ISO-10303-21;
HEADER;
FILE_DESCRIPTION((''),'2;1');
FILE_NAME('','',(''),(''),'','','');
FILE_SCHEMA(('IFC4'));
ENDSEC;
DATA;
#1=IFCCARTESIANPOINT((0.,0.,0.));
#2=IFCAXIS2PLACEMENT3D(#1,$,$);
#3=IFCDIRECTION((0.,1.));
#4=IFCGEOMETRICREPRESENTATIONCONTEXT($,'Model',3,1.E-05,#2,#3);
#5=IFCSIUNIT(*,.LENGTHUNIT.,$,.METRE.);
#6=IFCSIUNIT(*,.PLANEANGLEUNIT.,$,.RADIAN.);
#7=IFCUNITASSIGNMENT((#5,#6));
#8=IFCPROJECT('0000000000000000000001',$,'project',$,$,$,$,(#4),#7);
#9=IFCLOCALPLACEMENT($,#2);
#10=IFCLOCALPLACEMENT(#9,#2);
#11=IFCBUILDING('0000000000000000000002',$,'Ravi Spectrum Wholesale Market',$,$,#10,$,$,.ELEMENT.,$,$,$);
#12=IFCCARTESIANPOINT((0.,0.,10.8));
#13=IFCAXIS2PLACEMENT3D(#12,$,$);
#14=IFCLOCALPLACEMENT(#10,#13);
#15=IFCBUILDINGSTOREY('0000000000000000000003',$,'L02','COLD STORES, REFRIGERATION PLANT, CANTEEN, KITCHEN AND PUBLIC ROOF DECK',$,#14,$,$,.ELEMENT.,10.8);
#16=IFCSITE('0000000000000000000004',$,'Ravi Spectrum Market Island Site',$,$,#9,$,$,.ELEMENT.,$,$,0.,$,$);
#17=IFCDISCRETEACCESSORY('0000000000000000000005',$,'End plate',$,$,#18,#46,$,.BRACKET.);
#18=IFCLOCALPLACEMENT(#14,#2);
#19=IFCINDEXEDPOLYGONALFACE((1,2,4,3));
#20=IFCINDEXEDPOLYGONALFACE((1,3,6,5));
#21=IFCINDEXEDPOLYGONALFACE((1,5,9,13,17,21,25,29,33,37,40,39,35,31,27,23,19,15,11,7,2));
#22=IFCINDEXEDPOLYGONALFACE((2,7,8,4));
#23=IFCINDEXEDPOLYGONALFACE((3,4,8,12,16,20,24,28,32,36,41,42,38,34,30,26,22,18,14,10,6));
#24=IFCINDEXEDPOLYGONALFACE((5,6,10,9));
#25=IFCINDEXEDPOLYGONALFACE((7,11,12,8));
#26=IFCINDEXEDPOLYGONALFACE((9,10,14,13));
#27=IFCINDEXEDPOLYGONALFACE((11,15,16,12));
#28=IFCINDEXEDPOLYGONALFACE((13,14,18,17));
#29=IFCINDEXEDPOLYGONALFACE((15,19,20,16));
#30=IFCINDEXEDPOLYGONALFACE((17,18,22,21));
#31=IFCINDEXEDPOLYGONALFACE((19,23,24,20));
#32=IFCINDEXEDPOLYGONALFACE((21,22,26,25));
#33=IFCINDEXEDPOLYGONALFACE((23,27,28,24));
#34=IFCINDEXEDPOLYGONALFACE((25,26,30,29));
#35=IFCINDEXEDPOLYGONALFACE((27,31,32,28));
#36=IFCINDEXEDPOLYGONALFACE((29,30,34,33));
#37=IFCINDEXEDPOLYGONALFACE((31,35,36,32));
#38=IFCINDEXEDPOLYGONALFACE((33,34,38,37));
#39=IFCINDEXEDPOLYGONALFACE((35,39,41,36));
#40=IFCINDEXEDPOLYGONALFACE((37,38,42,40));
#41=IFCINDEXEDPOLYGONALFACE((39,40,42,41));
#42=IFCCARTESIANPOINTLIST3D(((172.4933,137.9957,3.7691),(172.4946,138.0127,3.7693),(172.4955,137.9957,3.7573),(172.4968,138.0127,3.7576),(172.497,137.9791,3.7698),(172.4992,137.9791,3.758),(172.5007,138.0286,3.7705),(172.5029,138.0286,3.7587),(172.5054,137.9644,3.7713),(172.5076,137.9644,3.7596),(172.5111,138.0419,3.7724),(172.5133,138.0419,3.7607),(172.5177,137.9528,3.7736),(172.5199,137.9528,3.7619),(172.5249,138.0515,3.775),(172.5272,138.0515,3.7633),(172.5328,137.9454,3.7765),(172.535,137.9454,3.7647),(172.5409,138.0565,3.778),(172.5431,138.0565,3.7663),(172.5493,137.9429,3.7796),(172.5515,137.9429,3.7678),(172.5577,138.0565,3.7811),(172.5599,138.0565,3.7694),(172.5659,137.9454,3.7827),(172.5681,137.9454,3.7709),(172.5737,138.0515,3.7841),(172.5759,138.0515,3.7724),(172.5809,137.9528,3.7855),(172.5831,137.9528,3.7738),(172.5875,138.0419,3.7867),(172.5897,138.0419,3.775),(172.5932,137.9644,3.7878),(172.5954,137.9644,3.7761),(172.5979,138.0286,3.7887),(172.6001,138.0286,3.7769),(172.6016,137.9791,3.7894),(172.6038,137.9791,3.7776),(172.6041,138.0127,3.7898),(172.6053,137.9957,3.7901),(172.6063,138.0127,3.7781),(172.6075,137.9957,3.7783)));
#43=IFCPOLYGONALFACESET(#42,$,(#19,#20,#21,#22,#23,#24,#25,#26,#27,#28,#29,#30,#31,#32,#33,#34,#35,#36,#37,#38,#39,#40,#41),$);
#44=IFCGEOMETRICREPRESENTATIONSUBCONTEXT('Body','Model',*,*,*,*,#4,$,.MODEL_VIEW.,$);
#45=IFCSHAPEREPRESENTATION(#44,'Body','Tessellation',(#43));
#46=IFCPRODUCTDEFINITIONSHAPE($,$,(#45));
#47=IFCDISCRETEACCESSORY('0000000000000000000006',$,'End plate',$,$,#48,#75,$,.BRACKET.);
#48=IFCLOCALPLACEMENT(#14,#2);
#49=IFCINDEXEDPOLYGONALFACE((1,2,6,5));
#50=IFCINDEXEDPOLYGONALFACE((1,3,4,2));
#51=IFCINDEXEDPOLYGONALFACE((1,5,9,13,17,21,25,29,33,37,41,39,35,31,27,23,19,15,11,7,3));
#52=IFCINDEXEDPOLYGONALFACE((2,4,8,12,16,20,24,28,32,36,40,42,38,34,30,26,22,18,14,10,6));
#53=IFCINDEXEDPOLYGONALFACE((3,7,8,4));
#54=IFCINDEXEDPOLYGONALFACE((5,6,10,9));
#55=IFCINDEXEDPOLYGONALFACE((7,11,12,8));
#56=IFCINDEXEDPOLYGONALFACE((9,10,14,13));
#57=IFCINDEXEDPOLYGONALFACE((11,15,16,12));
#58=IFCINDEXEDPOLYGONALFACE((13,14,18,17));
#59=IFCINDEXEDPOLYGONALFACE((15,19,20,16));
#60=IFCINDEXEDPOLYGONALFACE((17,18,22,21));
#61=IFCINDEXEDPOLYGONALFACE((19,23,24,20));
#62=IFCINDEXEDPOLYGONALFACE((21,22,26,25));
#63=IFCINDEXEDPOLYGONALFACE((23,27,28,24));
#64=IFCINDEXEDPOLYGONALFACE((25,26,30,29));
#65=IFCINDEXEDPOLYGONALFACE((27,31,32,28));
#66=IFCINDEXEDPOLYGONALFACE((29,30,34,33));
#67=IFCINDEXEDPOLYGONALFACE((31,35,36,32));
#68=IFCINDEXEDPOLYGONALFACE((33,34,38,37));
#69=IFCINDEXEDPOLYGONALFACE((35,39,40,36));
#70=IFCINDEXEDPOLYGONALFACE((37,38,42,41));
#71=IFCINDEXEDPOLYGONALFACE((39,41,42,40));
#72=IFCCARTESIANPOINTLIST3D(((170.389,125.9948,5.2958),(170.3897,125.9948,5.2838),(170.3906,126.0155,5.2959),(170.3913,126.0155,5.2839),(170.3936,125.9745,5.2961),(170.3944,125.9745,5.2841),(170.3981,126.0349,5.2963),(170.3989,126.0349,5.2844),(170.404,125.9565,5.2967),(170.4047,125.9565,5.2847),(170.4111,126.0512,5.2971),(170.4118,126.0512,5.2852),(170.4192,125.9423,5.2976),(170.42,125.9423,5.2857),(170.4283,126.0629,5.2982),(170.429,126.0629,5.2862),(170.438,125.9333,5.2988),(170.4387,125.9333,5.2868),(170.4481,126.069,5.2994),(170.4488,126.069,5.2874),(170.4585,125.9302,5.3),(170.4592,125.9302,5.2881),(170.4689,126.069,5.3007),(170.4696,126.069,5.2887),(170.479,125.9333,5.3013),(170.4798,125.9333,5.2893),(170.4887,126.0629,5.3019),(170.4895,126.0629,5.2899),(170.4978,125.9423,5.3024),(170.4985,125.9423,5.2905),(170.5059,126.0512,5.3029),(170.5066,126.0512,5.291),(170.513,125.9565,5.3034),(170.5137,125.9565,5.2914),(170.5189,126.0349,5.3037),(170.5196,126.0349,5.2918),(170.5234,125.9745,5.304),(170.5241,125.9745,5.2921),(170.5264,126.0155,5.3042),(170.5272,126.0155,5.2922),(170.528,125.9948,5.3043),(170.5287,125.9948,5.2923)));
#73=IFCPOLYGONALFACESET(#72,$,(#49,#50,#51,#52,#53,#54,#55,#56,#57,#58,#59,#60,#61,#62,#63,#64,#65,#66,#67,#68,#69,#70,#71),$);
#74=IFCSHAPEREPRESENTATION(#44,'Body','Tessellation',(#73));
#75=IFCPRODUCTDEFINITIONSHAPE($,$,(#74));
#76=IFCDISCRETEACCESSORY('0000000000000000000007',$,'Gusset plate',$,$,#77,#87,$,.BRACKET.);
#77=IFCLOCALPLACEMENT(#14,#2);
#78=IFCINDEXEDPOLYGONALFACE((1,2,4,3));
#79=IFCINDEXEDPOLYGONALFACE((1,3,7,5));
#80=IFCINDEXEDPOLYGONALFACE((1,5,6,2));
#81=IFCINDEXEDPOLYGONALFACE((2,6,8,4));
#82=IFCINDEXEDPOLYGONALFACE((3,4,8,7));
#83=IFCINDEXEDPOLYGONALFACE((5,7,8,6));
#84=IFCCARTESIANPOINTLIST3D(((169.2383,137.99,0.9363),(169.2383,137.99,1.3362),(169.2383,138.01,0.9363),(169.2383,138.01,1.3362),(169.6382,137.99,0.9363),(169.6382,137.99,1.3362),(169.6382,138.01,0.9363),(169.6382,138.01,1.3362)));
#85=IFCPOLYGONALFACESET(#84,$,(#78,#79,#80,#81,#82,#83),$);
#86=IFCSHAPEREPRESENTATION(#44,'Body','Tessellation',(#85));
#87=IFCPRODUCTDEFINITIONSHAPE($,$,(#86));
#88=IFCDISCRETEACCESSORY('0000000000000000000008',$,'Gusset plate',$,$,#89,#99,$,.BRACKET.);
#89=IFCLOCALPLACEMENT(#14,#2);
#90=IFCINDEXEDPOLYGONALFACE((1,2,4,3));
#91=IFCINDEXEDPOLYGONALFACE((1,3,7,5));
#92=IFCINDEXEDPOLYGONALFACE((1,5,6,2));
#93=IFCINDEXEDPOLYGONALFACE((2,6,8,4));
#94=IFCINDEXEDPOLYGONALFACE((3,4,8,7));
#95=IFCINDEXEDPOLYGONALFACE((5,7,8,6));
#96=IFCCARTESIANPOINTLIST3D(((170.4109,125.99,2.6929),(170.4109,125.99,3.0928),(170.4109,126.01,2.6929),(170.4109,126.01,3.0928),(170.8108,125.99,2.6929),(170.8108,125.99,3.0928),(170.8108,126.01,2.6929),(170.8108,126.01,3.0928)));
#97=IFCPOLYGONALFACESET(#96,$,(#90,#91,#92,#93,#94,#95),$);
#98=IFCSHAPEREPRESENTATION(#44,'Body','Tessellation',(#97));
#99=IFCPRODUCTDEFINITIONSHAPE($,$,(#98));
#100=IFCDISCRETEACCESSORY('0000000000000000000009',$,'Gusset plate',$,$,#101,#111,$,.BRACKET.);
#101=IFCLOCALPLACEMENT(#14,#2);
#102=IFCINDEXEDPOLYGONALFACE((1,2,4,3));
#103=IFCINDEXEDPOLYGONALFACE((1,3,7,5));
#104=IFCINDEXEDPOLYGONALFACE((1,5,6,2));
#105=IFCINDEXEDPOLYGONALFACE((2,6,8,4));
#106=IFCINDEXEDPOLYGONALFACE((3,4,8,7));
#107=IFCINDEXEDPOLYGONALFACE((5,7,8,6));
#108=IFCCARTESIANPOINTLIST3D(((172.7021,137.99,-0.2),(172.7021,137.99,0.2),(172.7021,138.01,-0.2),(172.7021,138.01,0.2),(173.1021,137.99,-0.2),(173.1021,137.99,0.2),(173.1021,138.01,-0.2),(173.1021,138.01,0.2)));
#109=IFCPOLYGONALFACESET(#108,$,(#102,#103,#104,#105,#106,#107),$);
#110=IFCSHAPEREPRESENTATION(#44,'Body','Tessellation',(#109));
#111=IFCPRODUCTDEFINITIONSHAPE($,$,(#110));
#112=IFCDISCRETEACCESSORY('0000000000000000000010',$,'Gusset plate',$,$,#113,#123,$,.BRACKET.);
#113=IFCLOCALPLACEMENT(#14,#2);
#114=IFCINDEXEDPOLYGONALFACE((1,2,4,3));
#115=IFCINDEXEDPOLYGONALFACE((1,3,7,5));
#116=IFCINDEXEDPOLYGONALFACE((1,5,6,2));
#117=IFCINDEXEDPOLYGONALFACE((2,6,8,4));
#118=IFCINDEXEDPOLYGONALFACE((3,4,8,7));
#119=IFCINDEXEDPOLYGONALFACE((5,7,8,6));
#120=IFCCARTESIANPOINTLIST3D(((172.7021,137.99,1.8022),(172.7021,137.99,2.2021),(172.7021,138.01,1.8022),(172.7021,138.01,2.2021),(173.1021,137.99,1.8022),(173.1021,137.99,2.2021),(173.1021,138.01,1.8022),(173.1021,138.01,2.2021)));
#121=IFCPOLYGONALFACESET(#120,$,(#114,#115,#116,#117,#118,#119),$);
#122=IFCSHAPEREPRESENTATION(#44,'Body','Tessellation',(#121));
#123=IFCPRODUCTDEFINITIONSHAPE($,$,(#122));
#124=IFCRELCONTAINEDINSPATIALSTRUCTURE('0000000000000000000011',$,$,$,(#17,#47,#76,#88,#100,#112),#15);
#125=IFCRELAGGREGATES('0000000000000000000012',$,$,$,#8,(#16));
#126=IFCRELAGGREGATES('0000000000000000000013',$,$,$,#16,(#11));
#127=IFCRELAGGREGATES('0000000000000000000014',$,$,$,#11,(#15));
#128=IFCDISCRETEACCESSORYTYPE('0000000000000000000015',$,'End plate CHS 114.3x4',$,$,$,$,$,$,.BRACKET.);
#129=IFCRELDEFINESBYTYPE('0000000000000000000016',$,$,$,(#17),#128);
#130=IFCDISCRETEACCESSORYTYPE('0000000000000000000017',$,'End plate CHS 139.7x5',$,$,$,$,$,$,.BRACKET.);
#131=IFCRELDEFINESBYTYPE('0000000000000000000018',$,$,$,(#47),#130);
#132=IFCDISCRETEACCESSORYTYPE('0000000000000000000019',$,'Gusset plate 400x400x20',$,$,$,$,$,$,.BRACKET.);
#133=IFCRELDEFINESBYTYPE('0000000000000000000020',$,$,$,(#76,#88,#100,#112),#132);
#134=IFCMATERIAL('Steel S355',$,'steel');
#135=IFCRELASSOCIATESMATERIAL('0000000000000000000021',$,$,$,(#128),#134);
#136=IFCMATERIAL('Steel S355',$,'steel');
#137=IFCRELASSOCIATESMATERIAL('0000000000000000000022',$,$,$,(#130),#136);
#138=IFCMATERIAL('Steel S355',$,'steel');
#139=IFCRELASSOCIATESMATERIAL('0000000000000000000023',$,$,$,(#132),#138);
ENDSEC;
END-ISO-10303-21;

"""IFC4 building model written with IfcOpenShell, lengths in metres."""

from ifc_helpers import new_model, si_unit, direction, frame, origin, origin_2d, place, context, subcontext, project, spatial, rectangle, circle, extrude, material, material_profile, profile_set, type_object, element, save


model = new_model("IFC4")

# Units and contexts
model_context = context("Model", 3, precision=1e-05, world=origin(), true_north=direction((0.0, 1.0)))
body_context = subcontext(model_context, "Body", "Model", "MODEL_VIEW")
ifc_project = project(units=[si_unit("LENGTHUNIT", "METRE"), si_unit("PLANEANGLEUNIT", "RADIAN")], contexts=[model_context])

# Site, building, storey
site_placement = place(None, origin())
site = spatial("IfcSite", under=ifc_project, at=site_placement, Name="Ravi Spectrum Market Island Site", CompositionType="ELEMENT", RefElevation=0.0)
building_placement = place(site_placement, origin())
building = spatial("IfcBuilding", under=site, at=building_placement, Name="Ravi Spectrum Wholesale Market", CompositionType="ELEMENT")
storey_placement = place(building_placement, frame((0.0, 0.0, 10.8)))
storey = spatial("IfcBuildingStorey", under=building, at=storey_placement, Name="L02", Description="COLD STORES, REFRIGERATION PLANT, CANTEEN, KITCHEN AND PUBLIC ROOF DECK", CompositionType="ELEMENT", Elevation=10.8)

# Discrete accessories
ifc_material_1 = material(Name="Steel S355", Category="steel")
ifc_material_profile_1 = material_profile(ifc_material_1, circle(Radius=0.0571, at=origin_2d()))
ifc_profile_set_1 = profile_set([ifc_material_profile_1], Name="Steel S355")
discrete_accessory_type_1 = type_object("IfcDiscreteAccessoryType", Name="End plate CHS 114.3x4", PredefinedType="BRACKET", material=ifc_profile_set_1)
for number, where, z_axis, x_axis, name in (
    (1, (172.5515, 138.0, 3.7678), (-0.184289, 0.0, 0.982872), (0.0, -1.0, 0.0), "End plate"),
):
    element("IfcDiscreteAccessory", number, at=place(storey_placement, frame(where, z_axis=z_axis, x_axis=x_axis)), inside=storey, type_object=discrete_accessory_type_1, Name=name, PredefinedType="BRACKET", context=body_context, shape_type="SweptSolid", body=[
        extrude(circle(Radius=0.0571, at=origin_2d()), origin(), (0.0, 0.0, 1.0), 0.012),
    ])
ifc_material_2 = material(Name="Steel S355", Category="steel")
ifc_material_profile_2 = material_profile(ifc_material_2, circle(Radius=0.0698, at=origin_2d()))
ifc_profile_set_2 = profile_set([ifc_material_profile_2], Name="Steel S355")
discrete_accessory_type_2 = type_object("IfcDiscreteAccessoryType", Name="End plate CHS 139.7x5", PredefinedType="BRACKET", material=ifc_profile_set_2)
discrete_accessory_1_placement = place(storey_placement, frame((170.4592, 126.0, 5.2881), z_axis=(-0.06111, 0.0, 0.998131), x_axis=(0.0, -1.0, 0.0)))
element("IfcDiscreteAccessory", 2, at=discrete_accessory_1_placement, inside=storey, type_object=discrete_accessory_type_2, Name="End plate", PredefinedType="BRACKET", context=body_context, shape_type="SweptSolid", body=[
    extrude(circle(Radius=0.0698, at=origin_2d()), origin(), (0.0, 0.0, 1.0), 0.012),
])
ifc_material_3 = material(Name="Steel S355", Category="steel")
ifc_material_profile_3 = material_profile(ifc_material_3, rectangle(XDim=0.3999, YDim=0.02, at=origin_2d()))
ifc_profile_set_3 = profile_set([ifc_material_profile_3], Name="Steel S355")
discrete_accessory_type_3 = type_object("IfcDiscreteAccessoryType", Name="Gusset plate 400x400x20", PredefinedType="BRACKET", material=ifc_profile_set_3)
for number, where, z_axis, x_axis, name in (
    (3, (169.4382, 138.0, 0.9363), (0.0, 0.0, 1.0), (1.0, 0.0, 0.0), "Gusset plate"),
    (4, (170.6108, 126.0, 2.6929), (0.0, 0.0, 1.0), (1.0, 0.0, 0.0), "Gusset plate"),
    (5, (172.9021, 138.0, -0.2), (0.0, 0.0, 1.0), (1.0, 0.0, 0.0), "Gusset plate"),
    (6, (172.9021, 138.0, 1.8022), (0.0, 0.0, 1.0), (1.0, 0.0, 0.0), "Gusset plate"),
):
    element("IfcDiscreteAccessory", number, at=place(storey_placement, frame(where, z_axis=z_axis, x_axis=x_axis)), inside=storey, type_object=discrete_accessory_type_3, Name=name, PredefinedType="BRACKET", context=body_context, shape_type="SweptSolid", body=[
        extrude(rectangle(XDim=0.3999, YDim=0.02, at=origin_2d()), origin(), (0.0, 0.0, 1.0), 0.3999),
    ])

save(model, "model.ifc")
